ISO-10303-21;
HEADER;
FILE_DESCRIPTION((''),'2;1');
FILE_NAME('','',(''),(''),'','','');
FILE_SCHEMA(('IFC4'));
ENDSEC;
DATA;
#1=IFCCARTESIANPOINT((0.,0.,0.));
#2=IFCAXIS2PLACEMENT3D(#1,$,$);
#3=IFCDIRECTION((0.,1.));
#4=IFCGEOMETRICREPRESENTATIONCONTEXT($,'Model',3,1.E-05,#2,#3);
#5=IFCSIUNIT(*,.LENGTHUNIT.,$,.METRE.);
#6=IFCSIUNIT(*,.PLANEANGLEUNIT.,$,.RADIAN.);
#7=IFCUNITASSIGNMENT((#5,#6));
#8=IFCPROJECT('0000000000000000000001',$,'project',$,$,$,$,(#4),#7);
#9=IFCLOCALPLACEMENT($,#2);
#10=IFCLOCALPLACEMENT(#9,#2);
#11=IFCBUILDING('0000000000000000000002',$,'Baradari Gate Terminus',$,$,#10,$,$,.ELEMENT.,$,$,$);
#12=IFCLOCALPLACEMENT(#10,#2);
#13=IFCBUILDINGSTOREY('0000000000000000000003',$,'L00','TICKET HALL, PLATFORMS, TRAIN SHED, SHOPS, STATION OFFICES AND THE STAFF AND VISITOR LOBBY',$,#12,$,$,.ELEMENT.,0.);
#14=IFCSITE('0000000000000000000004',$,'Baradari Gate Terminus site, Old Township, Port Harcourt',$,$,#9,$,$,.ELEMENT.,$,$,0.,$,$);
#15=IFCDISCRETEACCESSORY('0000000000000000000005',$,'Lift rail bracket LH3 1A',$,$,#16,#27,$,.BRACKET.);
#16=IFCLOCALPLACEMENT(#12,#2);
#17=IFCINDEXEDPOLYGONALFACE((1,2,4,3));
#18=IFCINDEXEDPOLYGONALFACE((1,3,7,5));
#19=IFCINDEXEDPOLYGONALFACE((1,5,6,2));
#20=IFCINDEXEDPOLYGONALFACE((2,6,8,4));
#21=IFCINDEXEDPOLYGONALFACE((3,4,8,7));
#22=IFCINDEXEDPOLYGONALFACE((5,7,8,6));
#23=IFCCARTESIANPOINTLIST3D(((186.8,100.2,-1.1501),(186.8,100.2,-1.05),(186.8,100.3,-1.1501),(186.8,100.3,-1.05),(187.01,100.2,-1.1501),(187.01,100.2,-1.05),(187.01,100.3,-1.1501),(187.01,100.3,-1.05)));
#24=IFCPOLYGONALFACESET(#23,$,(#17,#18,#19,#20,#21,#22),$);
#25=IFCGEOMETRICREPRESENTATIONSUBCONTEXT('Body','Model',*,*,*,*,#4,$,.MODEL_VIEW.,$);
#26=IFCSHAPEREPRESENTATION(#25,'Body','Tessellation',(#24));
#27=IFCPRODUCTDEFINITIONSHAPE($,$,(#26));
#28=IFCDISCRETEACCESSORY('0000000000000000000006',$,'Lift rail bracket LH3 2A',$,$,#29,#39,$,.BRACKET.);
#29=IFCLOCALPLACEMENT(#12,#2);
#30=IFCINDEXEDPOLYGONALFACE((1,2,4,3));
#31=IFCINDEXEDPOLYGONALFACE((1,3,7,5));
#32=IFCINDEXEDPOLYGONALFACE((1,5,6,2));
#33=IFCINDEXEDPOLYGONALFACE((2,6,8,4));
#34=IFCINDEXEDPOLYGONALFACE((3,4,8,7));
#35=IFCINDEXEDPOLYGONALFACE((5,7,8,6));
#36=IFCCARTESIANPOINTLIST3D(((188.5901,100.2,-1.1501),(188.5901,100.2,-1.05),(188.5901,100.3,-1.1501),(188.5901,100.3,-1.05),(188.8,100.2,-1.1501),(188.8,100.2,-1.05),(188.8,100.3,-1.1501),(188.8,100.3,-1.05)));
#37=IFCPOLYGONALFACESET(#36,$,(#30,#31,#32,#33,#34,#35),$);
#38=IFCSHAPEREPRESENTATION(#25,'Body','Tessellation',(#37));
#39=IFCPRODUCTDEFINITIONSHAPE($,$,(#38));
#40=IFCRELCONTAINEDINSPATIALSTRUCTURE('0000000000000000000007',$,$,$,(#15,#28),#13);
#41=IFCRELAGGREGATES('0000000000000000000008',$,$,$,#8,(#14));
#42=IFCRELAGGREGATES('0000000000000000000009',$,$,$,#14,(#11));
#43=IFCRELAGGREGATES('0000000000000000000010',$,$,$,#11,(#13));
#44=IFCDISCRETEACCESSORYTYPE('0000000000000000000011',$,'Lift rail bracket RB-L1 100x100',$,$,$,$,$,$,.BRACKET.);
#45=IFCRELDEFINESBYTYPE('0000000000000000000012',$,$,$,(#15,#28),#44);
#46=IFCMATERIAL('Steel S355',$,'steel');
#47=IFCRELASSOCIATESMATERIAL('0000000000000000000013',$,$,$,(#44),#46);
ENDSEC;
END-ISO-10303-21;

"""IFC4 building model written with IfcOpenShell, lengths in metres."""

from ifc_helpers import new_model, si_unit, direction, frame, origin, origin_2d, place, context, subcontext, project, spatial, rectangle, extrude, material, type_object, element, save


model = new_model("IFC4")

# Units and contexts
model_context = context("Model", 3, precision=1e-05, world=origin(), true_north=direction((0.0, 1.0)))
body_context = subcontext(model_context, "Body", "Model", "MODEL_VIEW")
ifc_project = project(units=[si_unit("LENGTHUNIT", "METRE"), si_unit("PLANEANGLEUNIT", "RADIAN")], contexts=[model_context])

# Site, building, storey
site_placement = place(None, origin())
site = spatial("IfcSite", under=ifc_project, at=site_placement, Name="Baradari Gate Terminus site, Old Township, Port Harcourt", CompositionType="ELEMENT", RefElevation=0.0)
building_placement = place(site_placement, origin())
building = spatial("IfcBuilding", under=site, at=building_placement, Name="Baradari Gate Terminus", CompositionType="ELEMENT")
storey_placement = place(building_placement, origin())
storey = spatial("IfcBuildingStorey", under=building, at=storey_placement, Name="L00", Description="TICKET HALL, PLATFORMS, TRAIN SHED, SHOPS, STATION OFFICES AND THE STAFF AND VISITOR LOBBY", CompositionType="ELEMENT", Elevation=0.0)

# Discrete accessories
ifc_material_1 = material(Name="Steel S355", Category="steel")
discrete_accessory_type_1 = type_object("IfcDiscreteAccessoryType", Name="Lift rail bracket RB-L1 100x100", PredefinedType="BRACKET", material=ifc_material_1)
for number, where, z_axis, x_axis, name in (
    (1, (186.905, 100.25, -1.1501), (0.0, 0.0, 1.0), (1.0, 0.0, 0.0), "Lift rail bracket LH3 1A"),
    (2, (188.6951, 100.25, -1.1501), (0.0, 0.0, 1.0), (1.0, 0.0, 0.0), "Lift rail bracket LH3 2A"),
):
    element("IfcDiscreteAccessory", number, at=place(storey_placement, frame(where, z_axis=z_axis, x_axis=x_axis)), inside=storey, type_object=discrete_accessory_type_1, Name=name, PredefinedType="BRACKET", context=body_context, shape_type="SweptSolid", body=[
        extrude(rectangle(XDim=0.21, YDim=0.1001, at=origin_2d()), origin(), (0.0, 0.0, 1.0), 0.1001),
    ])

save(model, "model.ifc")
